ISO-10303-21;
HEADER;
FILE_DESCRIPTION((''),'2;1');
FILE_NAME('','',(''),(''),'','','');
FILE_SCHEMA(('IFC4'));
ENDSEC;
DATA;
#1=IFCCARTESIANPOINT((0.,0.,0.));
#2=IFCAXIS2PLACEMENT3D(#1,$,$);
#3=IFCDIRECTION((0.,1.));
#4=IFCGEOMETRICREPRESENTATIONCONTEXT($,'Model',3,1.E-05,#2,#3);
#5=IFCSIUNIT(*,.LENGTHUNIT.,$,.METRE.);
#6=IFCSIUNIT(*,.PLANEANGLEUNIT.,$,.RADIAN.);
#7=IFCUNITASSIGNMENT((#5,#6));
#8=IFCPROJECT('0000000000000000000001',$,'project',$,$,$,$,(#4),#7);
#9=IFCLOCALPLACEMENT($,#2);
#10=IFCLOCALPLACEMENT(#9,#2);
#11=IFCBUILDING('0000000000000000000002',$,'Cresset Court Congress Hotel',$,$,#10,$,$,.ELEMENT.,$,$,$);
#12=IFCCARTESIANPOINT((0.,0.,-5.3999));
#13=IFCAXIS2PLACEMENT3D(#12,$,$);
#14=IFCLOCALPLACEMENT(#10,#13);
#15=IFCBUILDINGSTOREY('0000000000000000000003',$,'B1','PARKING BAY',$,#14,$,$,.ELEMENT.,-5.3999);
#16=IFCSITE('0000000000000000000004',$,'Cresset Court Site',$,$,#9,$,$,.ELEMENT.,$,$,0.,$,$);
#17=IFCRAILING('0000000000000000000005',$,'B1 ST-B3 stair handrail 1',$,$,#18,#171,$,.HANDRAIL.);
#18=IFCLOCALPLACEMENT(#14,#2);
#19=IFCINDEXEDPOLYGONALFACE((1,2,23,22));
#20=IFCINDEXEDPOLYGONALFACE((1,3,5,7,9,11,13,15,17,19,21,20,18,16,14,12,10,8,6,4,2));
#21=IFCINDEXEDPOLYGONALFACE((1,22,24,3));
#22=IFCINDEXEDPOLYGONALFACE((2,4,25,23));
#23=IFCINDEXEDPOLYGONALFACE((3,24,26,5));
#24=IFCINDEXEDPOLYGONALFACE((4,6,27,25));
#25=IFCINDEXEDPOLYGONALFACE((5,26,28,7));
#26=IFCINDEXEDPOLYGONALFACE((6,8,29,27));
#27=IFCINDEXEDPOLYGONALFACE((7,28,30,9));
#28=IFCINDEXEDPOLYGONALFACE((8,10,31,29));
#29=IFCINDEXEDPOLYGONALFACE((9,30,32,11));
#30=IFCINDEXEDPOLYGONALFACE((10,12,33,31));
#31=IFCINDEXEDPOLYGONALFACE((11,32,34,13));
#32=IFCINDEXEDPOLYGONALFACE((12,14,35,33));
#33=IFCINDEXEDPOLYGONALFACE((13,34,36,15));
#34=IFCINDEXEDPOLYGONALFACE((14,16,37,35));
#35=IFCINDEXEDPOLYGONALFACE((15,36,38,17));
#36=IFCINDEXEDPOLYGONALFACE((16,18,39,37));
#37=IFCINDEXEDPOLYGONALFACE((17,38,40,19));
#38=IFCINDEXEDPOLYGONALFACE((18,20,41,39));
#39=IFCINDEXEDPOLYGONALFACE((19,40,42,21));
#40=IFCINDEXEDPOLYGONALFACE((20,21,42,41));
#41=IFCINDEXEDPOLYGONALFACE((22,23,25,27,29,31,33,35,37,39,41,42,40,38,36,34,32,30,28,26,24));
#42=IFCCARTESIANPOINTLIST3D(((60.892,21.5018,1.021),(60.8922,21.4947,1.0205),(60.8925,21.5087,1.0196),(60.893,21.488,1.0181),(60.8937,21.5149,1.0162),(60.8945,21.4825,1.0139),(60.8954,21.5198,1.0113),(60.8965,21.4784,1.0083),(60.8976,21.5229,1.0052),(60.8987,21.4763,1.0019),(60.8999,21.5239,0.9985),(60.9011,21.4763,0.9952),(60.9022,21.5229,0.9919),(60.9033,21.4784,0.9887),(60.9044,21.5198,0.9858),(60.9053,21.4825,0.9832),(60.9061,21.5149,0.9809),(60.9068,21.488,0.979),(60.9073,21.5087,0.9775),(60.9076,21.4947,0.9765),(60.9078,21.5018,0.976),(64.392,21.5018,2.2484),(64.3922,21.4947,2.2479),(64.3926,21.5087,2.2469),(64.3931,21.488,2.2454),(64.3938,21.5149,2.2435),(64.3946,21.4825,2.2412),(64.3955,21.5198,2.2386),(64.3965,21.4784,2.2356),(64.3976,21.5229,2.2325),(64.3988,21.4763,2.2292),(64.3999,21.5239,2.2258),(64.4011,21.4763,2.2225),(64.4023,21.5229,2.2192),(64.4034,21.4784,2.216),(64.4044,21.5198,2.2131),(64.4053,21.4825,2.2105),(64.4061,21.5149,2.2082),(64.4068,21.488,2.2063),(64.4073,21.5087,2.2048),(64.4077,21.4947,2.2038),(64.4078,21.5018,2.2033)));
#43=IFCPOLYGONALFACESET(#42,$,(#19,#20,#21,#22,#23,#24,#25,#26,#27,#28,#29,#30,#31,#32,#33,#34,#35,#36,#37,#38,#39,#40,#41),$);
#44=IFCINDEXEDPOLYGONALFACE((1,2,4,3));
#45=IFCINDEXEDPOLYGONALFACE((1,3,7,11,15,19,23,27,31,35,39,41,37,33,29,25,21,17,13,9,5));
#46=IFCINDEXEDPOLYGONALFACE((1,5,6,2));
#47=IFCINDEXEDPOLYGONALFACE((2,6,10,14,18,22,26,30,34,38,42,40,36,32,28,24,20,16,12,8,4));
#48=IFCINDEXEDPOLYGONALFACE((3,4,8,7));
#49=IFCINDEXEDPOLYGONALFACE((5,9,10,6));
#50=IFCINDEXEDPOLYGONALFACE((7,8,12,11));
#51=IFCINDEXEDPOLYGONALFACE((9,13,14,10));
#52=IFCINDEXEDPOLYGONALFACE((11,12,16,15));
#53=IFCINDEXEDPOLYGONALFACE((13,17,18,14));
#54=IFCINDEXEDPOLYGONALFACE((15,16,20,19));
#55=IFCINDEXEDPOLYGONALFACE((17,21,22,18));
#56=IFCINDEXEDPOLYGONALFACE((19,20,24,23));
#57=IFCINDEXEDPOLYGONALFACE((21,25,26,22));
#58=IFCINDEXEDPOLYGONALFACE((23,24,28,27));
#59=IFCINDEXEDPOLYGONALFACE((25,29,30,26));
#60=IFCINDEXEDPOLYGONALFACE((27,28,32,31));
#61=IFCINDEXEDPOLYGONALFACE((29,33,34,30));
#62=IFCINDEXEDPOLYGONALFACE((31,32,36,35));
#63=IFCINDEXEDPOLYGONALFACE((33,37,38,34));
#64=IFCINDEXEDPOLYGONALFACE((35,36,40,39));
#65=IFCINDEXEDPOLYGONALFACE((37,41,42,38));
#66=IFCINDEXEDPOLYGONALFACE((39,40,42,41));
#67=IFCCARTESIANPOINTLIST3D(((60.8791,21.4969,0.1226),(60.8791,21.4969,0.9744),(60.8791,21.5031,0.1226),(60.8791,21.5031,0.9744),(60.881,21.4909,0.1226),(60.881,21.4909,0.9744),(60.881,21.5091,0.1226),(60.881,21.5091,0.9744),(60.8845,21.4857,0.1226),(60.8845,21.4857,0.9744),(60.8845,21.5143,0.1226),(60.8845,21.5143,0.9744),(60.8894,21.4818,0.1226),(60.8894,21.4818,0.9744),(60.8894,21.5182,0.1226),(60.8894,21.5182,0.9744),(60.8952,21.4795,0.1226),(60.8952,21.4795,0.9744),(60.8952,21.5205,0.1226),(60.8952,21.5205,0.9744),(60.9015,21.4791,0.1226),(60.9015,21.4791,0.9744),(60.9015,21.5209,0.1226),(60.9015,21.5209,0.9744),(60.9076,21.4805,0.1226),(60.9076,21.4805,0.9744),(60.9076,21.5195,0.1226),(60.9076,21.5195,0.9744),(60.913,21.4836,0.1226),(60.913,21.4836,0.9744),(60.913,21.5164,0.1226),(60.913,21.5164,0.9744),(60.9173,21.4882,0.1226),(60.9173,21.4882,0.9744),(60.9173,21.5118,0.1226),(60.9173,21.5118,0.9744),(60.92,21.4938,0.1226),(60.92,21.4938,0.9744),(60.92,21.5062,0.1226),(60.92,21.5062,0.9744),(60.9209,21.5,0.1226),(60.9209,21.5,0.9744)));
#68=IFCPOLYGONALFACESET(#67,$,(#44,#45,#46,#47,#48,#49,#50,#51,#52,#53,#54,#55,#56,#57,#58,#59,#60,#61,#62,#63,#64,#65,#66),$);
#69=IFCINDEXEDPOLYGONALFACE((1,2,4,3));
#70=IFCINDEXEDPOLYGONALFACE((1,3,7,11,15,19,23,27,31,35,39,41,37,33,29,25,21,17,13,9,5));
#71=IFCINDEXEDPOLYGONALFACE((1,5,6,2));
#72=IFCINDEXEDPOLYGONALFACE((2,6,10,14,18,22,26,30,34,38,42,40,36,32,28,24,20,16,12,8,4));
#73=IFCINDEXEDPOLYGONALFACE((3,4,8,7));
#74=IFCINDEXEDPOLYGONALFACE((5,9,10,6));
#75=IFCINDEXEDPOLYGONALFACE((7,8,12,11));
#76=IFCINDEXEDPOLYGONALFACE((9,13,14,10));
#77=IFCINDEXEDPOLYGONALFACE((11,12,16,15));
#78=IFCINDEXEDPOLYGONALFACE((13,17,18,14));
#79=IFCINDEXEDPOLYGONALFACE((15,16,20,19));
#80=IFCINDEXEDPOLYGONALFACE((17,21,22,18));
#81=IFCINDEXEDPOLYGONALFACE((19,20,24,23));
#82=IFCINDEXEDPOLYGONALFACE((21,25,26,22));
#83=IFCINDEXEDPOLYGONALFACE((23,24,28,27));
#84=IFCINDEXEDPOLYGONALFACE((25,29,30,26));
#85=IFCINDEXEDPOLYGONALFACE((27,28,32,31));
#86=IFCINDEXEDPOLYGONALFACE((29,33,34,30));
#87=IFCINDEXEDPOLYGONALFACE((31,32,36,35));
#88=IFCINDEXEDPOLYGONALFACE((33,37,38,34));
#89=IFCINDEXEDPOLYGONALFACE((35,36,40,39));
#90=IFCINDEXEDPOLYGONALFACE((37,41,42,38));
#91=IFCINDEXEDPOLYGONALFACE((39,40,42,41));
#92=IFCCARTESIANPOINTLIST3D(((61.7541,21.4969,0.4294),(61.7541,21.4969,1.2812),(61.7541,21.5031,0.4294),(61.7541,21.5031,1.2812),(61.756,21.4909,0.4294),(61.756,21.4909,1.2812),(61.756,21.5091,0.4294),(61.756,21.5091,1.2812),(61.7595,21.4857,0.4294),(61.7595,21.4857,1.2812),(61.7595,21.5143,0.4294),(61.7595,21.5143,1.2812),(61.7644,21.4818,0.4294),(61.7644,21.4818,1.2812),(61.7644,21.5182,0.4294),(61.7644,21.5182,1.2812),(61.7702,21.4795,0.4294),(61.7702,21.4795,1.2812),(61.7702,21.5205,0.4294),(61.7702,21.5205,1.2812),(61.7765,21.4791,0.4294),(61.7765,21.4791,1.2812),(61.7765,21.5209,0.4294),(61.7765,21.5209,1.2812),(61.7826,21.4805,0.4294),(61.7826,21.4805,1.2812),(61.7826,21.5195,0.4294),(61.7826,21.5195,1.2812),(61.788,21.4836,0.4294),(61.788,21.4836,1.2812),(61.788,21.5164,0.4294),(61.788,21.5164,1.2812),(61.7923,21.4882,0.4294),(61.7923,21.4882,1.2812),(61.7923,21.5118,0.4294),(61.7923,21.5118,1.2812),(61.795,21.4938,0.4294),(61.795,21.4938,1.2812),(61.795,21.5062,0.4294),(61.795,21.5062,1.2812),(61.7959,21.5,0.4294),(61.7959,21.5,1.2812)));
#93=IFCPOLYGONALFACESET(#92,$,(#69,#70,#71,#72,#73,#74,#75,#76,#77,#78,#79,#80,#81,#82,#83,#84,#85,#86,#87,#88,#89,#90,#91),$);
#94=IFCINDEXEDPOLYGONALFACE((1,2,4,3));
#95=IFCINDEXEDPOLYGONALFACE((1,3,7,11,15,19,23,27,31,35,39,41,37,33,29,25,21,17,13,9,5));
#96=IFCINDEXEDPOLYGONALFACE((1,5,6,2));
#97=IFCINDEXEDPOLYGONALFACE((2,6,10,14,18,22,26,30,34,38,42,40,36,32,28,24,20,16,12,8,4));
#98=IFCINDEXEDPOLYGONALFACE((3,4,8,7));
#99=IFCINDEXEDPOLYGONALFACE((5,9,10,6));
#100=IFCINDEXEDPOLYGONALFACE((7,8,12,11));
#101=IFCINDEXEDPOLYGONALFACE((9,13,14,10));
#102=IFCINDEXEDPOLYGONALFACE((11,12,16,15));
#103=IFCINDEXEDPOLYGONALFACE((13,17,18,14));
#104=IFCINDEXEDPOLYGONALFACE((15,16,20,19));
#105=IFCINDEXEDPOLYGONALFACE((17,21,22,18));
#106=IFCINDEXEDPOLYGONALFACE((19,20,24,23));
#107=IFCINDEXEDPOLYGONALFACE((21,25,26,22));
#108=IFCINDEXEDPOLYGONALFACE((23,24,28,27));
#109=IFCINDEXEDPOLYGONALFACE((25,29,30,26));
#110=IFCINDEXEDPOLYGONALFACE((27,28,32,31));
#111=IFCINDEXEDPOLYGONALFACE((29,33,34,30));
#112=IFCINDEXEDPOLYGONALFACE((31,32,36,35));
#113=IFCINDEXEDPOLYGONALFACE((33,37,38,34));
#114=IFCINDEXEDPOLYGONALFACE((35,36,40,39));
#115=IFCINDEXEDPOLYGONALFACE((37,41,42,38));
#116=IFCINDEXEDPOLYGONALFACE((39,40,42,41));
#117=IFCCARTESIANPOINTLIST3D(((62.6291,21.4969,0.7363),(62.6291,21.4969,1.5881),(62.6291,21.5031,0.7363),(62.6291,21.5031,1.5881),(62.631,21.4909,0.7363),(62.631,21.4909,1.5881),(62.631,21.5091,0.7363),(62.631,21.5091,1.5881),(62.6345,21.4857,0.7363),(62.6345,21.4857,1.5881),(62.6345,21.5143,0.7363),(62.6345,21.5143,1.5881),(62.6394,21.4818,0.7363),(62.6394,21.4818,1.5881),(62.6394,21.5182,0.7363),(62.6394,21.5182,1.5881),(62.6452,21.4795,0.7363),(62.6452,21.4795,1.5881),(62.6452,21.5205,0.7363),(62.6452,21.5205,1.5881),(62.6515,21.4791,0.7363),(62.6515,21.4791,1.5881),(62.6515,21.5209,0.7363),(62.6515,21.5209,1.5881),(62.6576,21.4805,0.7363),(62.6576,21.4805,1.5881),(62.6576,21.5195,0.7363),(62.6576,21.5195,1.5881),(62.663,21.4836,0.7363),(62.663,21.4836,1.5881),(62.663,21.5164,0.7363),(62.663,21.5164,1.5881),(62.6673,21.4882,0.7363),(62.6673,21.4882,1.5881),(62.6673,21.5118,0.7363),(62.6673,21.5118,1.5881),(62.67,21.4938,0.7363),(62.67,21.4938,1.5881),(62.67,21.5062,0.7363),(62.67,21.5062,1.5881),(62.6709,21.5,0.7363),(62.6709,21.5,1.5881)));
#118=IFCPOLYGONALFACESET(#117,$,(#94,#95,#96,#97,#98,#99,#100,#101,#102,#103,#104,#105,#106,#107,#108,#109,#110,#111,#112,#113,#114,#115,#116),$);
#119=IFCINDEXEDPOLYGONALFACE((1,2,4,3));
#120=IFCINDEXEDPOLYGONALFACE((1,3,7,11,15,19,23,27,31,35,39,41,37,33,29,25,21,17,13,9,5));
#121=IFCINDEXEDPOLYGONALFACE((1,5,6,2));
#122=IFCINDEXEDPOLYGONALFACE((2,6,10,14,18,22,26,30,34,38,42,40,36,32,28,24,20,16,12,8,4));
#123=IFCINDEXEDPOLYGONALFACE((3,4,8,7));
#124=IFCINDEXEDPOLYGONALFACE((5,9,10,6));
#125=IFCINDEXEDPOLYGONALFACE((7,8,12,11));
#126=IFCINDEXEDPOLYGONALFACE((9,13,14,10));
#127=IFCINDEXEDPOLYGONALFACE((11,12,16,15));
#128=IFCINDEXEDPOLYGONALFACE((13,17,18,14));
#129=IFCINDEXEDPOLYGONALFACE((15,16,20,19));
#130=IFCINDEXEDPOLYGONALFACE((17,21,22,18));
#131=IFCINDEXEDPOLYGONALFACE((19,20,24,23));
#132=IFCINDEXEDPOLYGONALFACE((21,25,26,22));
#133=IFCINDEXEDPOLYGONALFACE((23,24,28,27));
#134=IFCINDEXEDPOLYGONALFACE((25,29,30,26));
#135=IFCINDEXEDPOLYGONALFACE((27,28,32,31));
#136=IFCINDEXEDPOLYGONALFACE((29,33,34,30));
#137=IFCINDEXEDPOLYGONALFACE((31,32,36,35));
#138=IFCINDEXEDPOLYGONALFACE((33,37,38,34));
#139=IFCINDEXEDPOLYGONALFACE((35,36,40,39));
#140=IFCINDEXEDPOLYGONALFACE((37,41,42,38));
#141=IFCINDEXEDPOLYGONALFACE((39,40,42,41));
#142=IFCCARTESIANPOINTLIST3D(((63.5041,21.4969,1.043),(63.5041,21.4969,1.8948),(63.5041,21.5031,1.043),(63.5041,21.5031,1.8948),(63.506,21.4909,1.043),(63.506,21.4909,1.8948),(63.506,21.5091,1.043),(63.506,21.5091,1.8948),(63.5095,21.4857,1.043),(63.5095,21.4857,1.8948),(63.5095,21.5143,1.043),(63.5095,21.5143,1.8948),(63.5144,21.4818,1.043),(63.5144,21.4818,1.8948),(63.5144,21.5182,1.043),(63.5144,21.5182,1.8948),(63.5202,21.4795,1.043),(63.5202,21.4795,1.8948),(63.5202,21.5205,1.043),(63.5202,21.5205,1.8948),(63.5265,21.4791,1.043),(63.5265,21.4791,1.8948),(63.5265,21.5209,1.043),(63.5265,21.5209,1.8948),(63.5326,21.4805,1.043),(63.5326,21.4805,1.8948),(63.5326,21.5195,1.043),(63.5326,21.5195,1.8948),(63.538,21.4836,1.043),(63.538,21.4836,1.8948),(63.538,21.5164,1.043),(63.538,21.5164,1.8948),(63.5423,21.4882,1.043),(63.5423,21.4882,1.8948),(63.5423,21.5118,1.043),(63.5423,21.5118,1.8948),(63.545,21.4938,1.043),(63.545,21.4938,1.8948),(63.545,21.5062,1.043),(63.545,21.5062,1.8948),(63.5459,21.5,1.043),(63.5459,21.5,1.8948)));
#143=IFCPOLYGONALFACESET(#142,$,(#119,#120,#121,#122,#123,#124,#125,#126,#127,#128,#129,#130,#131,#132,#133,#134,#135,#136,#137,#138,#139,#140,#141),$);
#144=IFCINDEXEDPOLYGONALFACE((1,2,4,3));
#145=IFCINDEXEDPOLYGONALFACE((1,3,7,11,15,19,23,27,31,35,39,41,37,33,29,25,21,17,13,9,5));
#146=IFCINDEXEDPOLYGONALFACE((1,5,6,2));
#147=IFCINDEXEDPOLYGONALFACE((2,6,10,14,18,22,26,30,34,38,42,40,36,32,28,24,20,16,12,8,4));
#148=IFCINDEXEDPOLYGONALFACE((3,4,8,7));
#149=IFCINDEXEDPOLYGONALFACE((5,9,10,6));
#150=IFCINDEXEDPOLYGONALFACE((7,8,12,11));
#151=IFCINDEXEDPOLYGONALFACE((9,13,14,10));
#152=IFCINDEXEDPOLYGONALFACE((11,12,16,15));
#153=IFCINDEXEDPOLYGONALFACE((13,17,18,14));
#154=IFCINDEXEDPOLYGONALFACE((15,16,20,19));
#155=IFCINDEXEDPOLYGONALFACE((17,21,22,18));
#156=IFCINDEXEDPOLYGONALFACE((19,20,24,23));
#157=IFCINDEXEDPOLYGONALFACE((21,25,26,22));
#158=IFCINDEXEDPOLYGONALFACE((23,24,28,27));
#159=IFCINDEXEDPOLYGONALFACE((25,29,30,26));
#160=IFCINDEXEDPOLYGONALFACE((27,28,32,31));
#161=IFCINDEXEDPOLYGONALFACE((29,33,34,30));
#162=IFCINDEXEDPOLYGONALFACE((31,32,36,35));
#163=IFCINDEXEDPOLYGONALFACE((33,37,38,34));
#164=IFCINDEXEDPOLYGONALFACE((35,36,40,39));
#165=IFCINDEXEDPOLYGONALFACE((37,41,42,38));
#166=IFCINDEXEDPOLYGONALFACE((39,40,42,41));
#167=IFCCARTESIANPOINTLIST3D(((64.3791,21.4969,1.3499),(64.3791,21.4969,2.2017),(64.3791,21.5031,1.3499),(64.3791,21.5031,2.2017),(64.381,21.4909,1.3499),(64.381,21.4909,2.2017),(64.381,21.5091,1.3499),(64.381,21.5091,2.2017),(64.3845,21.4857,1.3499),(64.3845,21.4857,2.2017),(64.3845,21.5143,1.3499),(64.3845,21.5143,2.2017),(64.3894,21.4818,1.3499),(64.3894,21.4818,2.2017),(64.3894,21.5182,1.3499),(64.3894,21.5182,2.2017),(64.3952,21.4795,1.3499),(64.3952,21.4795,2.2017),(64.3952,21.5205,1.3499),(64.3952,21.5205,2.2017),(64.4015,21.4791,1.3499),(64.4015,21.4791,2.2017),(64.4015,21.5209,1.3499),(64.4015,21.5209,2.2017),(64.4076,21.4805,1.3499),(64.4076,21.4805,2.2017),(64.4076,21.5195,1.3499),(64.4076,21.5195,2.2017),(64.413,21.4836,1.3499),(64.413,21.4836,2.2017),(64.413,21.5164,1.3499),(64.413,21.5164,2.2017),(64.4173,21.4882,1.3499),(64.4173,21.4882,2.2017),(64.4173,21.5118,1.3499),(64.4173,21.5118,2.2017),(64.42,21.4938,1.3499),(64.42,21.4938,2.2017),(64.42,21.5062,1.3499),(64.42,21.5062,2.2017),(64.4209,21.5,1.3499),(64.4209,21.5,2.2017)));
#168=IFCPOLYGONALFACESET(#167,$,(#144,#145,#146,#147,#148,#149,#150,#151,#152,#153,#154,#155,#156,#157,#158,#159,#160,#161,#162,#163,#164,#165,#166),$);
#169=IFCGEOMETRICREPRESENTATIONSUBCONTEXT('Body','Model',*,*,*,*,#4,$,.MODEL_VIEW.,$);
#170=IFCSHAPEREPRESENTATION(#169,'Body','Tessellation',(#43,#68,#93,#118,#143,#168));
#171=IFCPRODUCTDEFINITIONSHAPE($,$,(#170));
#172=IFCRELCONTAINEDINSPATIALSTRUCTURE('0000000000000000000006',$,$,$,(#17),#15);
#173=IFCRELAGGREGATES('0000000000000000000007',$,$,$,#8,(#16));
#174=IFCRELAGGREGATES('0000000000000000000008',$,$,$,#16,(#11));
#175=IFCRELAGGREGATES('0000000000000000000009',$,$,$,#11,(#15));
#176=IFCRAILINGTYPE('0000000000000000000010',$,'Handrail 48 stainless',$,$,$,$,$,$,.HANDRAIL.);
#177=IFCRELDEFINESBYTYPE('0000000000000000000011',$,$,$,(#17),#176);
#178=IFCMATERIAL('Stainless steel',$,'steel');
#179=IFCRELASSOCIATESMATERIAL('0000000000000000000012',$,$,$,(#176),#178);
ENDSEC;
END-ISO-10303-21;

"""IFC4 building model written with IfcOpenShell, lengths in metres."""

from ifc_helpers import new_model, si_unit, direction, frame, origin, origin_2d, place, context, subcontext, project, spatial, circle, extrude, material, type_object, element, save


model = new_model("IFC4")

# Units and contexts
model_context = context("Model", 3, precision=1e-05, world=origin(), true_north=direction((0.0, 1.0)))
body_context = subcontext(model_context, "Body", "Model", "MODEL_VIEW")
ifc_project = project(units=[si_unit("LENGTHUNIT", "METRE"), si_unit("PLANEANGLEUNIT", "RADIAN")], contexts=[model_context])

# Site, building, storey
site_placement = place(None, origin())
site = spatial("IfcSite", under=ifc_project, at=site_placement, Name="Cresset Court Site", CompositionType="ELEMENT", RefElevation=0.0)
building_placement = place(site_placement, origin())
building = spatial("IfcBuilding", under=site, at=building_placement, Name="Cresset Court Congress Hotel", CompositionType="ELEMENT")
storey_placement = place(building_placement, frame((0.0, 0.0, -5.3999)))
storey = spatial("IfcBuildingStorey", under=building, at=storey_placement, Name="B1", Description="PARKING BAY", CompositionType="ELEMENT", Elevation=-5.3999)

# Railing
ifc_material_1 = material(Name="Stainless steel", Category="steel")
railing_type_1 = type_object("IfcRailingType", Name="Handrail 48 stainless", PredefinedType="HANDRAIL", material=ifc_material_1)
railing_1_placement = place(storey_placement, frame((60.8999, 21.5, 0.1226)))
element("IfcRailing", 1, at=railing_1_placement, inside=storey, type_object=railing_type_1, Name="B1 ST-B3 stair handrail 1", PredefinedType="HANDRAIL", context=body_context, shape_type="SweptSolid", body=[
    extrude(circle(Radius=0.0239, at=origin_2d()), frame((0.0, 0.0, 0.876), z_axis=(0.943665, 0.0, 0.330902), x_axis=(0.0, 1.0, 0.0)), (0.0, 0.0, 1.0), 3.709),
    extrude(circle(Radius=0.021, at=origin_2d()), origin(), (0.0, 0.0, 1.0), 0.8518),
    extrude(circle(Radius=0.021, at=origin_2d()), frame((0.875, 0.0, 0.3069)), (0.0, 0.0, 1.0), 0.8518),
    extrude(circle(Radius=0.021, at=origin_2d()), frame((1.75, 0.0, 0.6138)), (0.0, 0.0, 1.0), 0.8518),
    extrude(circle(Radius=0.021, at=origin_2d()), frame((2.625, 0.0, 0.9204)), (0.0, 0.0, 1.0), 0.8518),
    extrude(circle(Radius=0.021, at=origin_2d()), frame((3.5, 0.0, 1.2273)), (0.0, 0.0, 1.0), 0.8518),
])

save(model, "model.ifc")
